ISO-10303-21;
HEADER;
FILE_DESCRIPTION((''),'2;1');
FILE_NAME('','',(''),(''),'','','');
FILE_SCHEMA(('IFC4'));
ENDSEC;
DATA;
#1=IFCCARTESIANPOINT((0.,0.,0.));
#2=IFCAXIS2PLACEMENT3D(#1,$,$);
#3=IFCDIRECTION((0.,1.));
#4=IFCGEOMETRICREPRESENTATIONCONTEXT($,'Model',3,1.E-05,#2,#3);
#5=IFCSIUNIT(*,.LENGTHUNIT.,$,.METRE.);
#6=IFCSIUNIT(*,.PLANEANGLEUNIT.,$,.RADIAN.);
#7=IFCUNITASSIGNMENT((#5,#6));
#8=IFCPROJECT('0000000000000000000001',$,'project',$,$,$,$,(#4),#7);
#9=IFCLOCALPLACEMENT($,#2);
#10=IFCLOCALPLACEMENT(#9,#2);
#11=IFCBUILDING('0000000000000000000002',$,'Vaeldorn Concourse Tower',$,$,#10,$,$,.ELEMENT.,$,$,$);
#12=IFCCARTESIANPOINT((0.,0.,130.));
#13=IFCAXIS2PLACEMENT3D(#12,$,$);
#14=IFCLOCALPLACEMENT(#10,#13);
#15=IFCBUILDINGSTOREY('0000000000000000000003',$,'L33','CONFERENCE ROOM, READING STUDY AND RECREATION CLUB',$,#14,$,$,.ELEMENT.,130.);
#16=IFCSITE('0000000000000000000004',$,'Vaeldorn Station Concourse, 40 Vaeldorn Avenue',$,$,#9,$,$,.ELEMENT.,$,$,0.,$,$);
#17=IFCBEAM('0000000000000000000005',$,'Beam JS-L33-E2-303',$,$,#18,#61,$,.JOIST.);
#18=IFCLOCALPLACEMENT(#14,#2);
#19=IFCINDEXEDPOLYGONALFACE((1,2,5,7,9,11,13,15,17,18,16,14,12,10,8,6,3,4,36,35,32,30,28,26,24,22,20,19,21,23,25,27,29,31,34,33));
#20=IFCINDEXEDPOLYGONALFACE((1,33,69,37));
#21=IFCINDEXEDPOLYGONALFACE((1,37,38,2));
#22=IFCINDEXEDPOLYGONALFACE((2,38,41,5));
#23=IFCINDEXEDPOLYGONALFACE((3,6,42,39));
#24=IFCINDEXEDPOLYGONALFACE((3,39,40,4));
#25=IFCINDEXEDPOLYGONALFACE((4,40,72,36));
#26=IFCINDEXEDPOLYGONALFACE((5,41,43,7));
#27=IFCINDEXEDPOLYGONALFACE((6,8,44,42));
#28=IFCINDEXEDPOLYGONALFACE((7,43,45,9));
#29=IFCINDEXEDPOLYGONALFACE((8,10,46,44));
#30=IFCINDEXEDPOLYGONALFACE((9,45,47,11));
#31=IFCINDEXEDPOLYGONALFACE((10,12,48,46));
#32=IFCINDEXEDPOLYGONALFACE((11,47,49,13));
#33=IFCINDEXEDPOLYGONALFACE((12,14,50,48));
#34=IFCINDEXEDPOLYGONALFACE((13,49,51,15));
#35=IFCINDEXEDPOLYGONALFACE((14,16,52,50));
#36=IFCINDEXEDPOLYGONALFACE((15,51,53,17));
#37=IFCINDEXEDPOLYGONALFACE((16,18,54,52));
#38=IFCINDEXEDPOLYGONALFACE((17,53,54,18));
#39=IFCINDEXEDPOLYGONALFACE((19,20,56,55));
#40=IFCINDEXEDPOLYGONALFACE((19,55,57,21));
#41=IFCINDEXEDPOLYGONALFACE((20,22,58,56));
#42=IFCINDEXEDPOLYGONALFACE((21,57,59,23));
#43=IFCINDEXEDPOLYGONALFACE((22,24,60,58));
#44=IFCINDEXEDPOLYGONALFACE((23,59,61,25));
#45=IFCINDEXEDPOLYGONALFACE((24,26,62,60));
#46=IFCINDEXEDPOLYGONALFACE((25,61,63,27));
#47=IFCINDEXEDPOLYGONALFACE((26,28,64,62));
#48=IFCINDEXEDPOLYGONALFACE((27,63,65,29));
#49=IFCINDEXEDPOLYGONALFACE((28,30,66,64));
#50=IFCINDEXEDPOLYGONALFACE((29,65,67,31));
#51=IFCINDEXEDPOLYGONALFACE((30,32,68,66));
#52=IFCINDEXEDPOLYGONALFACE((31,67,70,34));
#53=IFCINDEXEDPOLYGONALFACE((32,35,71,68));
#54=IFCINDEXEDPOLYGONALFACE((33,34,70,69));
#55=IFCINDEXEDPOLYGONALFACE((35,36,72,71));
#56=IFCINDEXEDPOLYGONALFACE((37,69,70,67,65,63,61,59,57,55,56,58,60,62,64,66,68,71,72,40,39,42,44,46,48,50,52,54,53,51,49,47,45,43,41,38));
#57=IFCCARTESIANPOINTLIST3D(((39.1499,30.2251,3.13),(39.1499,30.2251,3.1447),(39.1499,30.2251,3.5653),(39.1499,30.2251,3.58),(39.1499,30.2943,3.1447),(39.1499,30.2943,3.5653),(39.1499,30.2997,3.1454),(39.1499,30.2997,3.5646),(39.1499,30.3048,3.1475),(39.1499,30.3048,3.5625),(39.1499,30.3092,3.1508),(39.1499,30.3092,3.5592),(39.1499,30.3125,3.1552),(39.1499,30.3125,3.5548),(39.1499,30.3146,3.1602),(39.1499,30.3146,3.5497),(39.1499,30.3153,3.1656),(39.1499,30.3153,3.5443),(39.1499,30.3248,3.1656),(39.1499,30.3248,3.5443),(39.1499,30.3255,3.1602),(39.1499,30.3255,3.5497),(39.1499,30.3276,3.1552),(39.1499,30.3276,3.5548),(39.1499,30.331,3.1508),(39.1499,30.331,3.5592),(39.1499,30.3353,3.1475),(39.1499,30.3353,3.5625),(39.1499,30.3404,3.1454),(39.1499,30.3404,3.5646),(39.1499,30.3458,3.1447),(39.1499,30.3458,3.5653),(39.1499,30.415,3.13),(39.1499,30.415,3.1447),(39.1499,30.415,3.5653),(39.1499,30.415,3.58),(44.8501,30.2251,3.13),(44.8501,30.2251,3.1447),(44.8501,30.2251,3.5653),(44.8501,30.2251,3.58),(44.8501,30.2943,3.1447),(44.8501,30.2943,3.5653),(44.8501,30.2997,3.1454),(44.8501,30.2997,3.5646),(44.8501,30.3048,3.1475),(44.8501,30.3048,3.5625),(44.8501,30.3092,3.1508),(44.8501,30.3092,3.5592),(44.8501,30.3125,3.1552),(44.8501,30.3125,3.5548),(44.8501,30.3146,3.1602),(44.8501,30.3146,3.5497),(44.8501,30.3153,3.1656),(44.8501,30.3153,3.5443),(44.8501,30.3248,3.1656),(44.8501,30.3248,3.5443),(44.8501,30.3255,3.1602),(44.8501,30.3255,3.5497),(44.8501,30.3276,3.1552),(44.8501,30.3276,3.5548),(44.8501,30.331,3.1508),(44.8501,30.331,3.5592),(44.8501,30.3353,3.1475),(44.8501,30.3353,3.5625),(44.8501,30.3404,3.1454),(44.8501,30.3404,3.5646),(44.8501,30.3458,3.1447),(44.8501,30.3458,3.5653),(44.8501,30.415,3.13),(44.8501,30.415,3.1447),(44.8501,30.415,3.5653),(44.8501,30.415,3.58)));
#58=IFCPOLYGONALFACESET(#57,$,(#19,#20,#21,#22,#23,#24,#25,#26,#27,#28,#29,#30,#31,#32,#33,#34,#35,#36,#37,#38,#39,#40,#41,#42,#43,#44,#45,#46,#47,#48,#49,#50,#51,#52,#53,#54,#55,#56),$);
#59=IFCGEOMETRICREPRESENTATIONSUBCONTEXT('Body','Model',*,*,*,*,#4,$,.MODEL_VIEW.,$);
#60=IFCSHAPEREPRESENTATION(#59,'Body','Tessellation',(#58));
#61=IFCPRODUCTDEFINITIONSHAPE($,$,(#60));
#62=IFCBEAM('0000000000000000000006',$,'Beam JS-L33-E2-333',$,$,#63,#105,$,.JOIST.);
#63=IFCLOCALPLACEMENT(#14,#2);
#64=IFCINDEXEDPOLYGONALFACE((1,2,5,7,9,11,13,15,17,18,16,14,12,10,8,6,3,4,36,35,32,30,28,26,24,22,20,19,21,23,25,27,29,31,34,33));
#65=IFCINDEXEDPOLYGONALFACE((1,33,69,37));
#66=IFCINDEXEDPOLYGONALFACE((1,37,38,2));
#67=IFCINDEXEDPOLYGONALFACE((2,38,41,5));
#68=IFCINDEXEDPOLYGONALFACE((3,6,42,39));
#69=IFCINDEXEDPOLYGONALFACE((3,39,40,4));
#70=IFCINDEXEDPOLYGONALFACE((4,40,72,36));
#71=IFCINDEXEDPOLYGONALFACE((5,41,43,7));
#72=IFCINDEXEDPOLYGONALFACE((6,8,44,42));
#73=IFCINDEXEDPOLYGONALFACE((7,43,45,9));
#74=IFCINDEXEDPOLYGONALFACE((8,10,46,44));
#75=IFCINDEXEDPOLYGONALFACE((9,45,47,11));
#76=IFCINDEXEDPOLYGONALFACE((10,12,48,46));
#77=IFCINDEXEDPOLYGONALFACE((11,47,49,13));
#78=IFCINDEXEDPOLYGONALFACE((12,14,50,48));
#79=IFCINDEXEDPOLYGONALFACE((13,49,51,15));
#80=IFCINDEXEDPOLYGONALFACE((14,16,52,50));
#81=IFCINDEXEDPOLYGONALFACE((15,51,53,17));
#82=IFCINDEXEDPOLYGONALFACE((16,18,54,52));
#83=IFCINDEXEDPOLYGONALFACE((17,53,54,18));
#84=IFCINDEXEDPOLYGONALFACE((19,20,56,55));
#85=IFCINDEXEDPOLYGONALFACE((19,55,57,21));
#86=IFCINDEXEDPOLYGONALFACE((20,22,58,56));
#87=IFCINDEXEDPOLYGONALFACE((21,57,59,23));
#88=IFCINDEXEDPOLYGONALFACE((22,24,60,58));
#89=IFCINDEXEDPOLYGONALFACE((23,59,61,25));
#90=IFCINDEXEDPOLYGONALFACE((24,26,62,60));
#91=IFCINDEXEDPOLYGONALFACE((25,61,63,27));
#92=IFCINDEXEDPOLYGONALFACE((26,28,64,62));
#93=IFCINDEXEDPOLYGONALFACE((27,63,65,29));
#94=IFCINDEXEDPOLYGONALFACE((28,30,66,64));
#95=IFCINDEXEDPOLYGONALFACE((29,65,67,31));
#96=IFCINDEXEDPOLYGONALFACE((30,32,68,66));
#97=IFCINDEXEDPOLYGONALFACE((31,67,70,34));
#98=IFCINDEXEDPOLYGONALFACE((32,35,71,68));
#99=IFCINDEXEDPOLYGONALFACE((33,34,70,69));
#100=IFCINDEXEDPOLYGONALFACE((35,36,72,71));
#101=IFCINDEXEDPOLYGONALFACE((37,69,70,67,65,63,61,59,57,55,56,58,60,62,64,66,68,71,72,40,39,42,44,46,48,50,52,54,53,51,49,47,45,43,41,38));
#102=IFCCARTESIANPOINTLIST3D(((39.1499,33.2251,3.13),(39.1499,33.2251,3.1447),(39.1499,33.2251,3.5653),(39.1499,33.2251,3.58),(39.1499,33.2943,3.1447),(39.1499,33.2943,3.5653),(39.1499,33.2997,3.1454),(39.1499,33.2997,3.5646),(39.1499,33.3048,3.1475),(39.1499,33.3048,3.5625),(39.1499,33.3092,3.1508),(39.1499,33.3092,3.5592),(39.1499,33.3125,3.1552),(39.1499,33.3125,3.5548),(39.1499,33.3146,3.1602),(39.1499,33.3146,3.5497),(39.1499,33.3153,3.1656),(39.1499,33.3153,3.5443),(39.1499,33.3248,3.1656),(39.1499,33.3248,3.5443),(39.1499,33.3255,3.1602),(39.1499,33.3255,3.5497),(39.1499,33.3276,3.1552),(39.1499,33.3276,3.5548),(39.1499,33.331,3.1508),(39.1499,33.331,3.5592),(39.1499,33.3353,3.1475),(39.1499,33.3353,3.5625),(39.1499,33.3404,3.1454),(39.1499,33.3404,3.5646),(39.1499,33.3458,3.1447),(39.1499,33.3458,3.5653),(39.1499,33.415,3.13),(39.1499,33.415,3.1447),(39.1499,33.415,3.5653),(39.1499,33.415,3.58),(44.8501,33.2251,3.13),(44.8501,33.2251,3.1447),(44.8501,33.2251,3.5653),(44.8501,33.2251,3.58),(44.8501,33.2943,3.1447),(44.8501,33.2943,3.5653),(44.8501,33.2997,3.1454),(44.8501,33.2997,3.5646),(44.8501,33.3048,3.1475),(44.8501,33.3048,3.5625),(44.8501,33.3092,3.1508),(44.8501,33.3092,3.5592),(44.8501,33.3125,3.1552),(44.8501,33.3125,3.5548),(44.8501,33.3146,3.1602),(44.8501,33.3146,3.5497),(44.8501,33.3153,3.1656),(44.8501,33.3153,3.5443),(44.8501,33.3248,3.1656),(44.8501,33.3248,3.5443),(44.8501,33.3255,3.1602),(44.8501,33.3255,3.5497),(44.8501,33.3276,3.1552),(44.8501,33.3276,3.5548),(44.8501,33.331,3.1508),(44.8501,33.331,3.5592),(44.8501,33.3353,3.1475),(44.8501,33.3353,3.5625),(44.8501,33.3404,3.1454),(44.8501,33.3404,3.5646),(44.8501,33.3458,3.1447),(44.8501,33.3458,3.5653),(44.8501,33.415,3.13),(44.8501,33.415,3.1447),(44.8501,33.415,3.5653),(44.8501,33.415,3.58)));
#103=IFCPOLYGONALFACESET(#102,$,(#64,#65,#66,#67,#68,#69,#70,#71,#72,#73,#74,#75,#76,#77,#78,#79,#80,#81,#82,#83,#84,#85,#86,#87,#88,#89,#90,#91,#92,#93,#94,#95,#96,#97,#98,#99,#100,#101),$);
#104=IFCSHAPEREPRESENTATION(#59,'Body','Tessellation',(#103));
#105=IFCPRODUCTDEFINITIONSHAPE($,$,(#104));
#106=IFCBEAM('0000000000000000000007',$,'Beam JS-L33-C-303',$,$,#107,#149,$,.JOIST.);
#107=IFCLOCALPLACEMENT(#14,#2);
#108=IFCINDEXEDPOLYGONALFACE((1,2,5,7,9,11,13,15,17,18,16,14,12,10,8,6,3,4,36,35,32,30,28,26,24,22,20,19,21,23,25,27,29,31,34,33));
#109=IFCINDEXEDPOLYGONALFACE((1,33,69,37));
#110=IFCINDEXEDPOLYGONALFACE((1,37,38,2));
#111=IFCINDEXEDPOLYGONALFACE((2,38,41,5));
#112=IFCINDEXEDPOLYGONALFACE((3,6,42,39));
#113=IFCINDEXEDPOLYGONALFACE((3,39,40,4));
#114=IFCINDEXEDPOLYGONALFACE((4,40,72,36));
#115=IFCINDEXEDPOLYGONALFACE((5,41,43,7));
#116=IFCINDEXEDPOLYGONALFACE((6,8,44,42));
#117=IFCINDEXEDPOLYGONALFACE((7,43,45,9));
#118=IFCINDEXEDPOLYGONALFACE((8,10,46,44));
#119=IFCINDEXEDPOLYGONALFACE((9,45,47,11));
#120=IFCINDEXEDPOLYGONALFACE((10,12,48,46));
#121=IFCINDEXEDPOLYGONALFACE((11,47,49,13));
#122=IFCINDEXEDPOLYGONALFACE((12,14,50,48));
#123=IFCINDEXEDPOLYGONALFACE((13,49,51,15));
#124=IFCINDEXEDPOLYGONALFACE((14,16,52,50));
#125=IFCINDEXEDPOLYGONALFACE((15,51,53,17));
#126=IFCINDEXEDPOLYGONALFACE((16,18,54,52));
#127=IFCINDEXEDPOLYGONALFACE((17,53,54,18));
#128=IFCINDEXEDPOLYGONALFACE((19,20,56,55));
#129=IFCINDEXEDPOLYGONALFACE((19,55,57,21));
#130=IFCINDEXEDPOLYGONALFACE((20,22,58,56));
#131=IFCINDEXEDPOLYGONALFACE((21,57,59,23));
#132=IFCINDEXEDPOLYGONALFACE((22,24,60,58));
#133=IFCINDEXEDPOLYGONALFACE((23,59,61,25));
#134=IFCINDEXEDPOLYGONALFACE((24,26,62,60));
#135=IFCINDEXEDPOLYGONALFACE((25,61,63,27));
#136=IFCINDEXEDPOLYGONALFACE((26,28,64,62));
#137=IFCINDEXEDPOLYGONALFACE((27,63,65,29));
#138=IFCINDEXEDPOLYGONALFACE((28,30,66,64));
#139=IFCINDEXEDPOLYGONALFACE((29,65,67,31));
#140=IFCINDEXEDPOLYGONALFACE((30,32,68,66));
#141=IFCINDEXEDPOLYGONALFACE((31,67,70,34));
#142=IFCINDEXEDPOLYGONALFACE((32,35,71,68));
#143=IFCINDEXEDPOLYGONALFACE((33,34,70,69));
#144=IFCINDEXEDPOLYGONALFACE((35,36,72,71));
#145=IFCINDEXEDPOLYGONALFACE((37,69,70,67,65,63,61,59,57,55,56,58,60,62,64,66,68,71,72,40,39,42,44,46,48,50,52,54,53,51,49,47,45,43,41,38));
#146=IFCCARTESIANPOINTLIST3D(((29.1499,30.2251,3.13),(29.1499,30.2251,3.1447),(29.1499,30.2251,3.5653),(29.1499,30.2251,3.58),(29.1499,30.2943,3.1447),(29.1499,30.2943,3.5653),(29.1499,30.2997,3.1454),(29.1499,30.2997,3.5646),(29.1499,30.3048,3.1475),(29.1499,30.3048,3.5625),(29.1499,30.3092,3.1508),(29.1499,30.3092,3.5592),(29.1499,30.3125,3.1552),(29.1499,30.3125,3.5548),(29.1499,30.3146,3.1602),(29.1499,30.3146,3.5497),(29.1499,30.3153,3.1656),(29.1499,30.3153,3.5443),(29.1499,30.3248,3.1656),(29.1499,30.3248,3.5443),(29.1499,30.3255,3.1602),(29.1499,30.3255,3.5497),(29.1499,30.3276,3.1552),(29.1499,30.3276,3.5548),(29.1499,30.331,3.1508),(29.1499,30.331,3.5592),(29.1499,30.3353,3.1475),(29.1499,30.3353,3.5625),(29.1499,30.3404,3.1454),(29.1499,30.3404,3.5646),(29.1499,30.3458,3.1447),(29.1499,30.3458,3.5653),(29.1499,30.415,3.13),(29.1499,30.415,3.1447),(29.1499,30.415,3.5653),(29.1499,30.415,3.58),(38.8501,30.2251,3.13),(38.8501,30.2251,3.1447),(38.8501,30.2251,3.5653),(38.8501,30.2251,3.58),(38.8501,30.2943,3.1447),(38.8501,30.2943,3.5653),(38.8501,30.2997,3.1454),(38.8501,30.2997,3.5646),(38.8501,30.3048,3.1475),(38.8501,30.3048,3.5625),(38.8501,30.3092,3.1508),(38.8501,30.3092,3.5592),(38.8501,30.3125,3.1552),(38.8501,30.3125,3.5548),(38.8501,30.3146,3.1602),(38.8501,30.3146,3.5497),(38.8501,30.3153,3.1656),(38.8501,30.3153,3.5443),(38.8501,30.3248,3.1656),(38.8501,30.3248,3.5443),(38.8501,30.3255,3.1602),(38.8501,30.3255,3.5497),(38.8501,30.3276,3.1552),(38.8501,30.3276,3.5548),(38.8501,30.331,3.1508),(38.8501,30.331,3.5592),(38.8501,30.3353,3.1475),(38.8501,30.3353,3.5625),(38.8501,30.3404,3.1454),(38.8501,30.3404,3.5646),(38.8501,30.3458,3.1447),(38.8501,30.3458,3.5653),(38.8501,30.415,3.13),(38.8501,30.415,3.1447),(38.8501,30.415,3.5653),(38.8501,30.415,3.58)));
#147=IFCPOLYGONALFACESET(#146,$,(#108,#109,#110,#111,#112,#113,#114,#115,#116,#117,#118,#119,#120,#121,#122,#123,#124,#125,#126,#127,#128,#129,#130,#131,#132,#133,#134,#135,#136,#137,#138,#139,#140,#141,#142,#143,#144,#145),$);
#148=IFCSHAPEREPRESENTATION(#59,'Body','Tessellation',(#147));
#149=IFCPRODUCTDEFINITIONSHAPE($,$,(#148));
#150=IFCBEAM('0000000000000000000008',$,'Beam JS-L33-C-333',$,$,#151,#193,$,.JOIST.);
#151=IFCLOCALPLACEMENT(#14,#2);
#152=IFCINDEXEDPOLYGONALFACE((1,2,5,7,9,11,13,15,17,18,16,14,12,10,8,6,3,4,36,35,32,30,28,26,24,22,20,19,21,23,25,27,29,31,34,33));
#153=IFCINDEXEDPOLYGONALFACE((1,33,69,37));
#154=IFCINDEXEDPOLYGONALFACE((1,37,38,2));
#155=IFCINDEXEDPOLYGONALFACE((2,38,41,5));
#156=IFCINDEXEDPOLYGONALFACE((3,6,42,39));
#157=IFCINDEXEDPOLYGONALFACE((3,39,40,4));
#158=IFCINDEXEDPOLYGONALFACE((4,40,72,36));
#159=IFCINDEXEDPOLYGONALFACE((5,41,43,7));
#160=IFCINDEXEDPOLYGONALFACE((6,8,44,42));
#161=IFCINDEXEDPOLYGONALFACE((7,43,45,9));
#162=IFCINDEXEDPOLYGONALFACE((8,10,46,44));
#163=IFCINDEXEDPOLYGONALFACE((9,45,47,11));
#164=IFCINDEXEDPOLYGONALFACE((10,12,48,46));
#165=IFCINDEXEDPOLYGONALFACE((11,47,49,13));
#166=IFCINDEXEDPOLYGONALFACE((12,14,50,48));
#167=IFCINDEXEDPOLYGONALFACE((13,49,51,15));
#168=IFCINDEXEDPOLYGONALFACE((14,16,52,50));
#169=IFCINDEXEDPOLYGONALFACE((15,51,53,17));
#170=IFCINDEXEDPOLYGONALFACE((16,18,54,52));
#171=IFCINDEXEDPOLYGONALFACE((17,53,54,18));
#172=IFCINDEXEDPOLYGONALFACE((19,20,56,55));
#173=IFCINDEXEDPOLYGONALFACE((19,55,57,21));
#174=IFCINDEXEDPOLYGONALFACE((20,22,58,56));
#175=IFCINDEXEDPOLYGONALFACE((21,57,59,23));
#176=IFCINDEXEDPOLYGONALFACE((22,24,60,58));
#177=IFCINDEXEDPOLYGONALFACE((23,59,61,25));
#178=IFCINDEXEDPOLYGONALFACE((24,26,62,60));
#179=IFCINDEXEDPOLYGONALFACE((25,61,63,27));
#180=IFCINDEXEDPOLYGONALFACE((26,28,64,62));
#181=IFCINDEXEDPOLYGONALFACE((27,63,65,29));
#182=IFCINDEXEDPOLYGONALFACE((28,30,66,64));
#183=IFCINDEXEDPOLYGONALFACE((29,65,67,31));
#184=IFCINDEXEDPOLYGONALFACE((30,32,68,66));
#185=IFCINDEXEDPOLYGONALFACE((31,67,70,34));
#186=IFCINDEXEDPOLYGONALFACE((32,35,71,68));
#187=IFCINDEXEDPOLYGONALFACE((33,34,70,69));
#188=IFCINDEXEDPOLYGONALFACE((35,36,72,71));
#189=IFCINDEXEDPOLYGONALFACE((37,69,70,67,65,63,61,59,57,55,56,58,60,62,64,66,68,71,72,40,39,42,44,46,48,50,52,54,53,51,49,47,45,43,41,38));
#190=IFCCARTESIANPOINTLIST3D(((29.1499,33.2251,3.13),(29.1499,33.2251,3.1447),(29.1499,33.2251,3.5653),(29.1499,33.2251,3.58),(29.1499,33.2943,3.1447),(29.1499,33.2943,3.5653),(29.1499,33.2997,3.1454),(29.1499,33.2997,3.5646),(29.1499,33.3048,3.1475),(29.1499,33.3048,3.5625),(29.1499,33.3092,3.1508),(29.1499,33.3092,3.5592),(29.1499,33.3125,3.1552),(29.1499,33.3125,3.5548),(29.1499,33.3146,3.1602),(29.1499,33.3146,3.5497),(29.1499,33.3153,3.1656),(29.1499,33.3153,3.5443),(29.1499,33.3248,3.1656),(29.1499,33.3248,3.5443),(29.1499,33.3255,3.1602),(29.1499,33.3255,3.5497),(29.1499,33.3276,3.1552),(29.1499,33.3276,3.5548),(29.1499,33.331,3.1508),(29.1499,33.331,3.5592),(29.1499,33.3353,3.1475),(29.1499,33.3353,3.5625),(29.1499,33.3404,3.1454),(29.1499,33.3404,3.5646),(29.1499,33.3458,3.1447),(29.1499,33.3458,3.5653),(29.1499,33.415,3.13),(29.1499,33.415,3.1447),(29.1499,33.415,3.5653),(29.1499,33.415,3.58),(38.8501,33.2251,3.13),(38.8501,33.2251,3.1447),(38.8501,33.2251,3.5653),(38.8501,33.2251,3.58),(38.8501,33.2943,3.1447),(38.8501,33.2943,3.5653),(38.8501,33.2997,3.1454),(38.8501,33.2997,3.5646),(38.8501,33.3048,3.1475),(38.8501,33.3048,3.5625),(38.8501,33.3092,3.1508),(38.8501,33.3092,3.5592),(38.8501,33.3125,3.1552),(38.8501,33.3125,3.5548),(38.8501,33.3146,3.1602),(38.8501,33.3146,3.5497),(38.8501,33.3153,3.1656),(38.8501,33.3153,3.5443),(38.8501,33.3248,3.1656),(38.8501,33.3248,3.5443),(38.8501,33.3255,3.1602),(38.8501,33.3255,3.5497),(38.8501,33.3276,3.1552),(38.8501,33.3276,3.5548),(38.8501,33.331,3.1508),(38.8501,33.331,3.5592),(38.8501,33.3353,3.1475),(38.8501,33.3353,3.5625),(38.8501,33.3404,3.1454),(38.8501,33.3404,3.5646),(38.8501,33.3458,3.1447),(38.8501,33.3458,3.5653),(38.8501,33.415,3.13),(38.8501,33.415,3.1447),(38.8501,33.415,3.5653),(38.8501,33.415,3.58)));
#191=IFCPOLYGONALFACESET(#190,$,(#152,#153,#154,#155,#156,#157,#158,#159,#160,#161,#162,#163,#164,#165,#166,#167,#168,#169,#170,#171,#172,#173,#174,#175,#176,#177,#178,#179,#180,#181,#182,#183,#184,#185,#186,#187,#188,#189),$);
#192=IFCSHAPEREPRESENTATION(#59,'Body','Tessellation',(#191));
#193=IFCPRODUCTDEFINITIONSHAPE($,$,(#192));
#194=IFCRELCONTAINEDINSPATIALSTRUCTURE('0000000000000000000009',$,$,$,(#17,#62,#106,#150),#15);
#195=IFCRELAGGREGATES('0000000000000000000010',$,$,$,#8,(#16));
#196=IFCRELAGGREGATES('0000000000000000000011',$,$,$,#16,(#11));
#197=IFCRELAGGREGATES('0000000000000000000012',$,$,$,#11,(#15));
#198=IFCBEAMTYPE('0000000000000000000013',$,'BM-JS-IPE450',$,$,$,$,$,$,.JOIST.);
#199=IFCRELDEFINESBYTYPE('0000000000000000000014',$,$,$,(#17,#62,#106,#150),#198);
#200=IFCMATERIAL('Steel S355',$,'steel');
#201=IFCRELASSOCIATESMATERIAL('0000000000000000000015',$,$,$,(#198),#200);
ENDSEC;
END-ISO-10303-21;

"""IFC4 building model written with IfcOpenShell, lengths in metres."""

from ifc_helpers import new_model, si_unit, direction, frame, origin, origin_2d, place, context, subcontext, project, spatial, i_section, extrude, source, transform, mapped, material, material_profile, profile_set, type_object, element, save


model = new_model("IFC4")

# Units and contexts
model_context = context("Model", 3, precision=1e-05, world=origin(), true_north=direction((0.0, 1.0)))
body_context = subcontext(model_context, "Body", "Model", "MODEL_VIEW")
ifc_project = project(units=[si_unit("LENGTHUNIT", "METRE"), si_unit("PLANEANGLEUNIT", "RADIAN")], contexts=[model_context])

# Site, building, storey
site_placement = place(None, origin())
site = spatial("IfcSite", under=ifc_project, at=site_placement, Name="Vaeldorn Station Concourse, 40 Vaeldorn Avenue", CompositionType="ELEMENT", RefElevation=0.0)
building_placement = place(site_placement, origin())
building = spatial("IfcBuilding", under=site, at=building_placement, Name="Vaeldorn Concourse Tower", CompositionType="ELEMENT")
storey_placement = place(building_placement, frame((0.0, 0.0, 130.0)))
storey = spatial("IfcBuildingStorey", under=building, at=storey_placement, Name="L33", Description="CONFERENCE ROOM, READING STUDY AND RECREATION CLUB", CompositionType="ELEMENT", Elevation=130.0)

# Beams
ifc_material_1 = material(Name="Steel S355", Category="steel")
ifc_material_profile_1 = material_profile(ifc_material_1, i_section(OverallWidth=0.1899, OverallDepth=0.45, WebThickness=0.0095, FlangeThickness=0.0146, FilletRadius=0.021, at=origin_2d()), Name="IPE 450")
ifc_profile_set_1 = profile_set([ifc_material_profile_1], Name="Steel S355")
beam_type_1 = type_object("IfcBeamType", Name="BM-JS-IPE450", PredefinedType="JOIST", material=ifc_profile_set_1)
shared_shape_1 = source(origin(), body_context, "Body", "SweptSolid", [
    extrude(i_section(OverallWidth=0.1899, OverallDepth=0.45, WebThickness=0.0095, FlangeThickness=0.0146, FilletRadius=0.021, at=origin_2d()), origin(), (0.0, 0.0, 1.0), 5.7002),
])
for number, where, z_axis, x_axis, name in (
    (1, (39.1499, 30.3201, 3.355), (1.0, 0.0, 0.0), (0.0, 1.0, 0.0), "Beam JS-L33-E2-303"),
    (2, (39.1499, 33.3201, 3.355), (1.0, 0.0, 0.0), (0.0, 1.0, 0.0), "Beam JS-L33-E2-333"),
):
    element("IfcBeam", number, at=place(storey_placement, frame(where, z_axis=z_axis, x_axis=x_axis)), inside=storey, type_object=beam_type_1, Name=name, PredefinedType="JOIST", context=body_context, shape_type="MappedRepresentation", body=[
        mapped(shared_shape_1, transform((0.0, 0.0, 0.0), scale=1.0)),
    ])
shared_shape_2 = source(origin(), body_context, "Body", "SweptSolid", [
    extrude(i_section(OverallWidth=0.1899, OverallDepth=0.45, WebThickness=0.0095, FlangeThickness=0.0146, FilletRadius=0.021, at=origin_2d()), origin(), (0.0, 0.0, 1.0), 9.7002),
])
for number, where, z_axis, x_axis, name in (
    (3, (29.1499, 30.3201, 3.355), (1.0, 0.0, 0.0), (0.0, 1.0, 0.0), "Beam JS-L33-C-303"),
    (4, (29.1499, 33.3201, 3.355), (1.0, 0.0, 0.0), (0.0, 1.0, 0.0), "Beam JS-L33-C-333"),
):
    element("IfcBeam", number, at=place(storey_placement, frame(where, z_axis=z_axis, x_axis=x_axis)), inside=storey, type_object=beam_type_1, Name=name, PredefinedType="JOIST", context=body_context, shape_type="MappedRepresentation", body=[
        mapped(shared_shape_2, transform((0.0, 0.0, 0.0), scale=1.0)),
    ])

save(model, "model.ifc")
